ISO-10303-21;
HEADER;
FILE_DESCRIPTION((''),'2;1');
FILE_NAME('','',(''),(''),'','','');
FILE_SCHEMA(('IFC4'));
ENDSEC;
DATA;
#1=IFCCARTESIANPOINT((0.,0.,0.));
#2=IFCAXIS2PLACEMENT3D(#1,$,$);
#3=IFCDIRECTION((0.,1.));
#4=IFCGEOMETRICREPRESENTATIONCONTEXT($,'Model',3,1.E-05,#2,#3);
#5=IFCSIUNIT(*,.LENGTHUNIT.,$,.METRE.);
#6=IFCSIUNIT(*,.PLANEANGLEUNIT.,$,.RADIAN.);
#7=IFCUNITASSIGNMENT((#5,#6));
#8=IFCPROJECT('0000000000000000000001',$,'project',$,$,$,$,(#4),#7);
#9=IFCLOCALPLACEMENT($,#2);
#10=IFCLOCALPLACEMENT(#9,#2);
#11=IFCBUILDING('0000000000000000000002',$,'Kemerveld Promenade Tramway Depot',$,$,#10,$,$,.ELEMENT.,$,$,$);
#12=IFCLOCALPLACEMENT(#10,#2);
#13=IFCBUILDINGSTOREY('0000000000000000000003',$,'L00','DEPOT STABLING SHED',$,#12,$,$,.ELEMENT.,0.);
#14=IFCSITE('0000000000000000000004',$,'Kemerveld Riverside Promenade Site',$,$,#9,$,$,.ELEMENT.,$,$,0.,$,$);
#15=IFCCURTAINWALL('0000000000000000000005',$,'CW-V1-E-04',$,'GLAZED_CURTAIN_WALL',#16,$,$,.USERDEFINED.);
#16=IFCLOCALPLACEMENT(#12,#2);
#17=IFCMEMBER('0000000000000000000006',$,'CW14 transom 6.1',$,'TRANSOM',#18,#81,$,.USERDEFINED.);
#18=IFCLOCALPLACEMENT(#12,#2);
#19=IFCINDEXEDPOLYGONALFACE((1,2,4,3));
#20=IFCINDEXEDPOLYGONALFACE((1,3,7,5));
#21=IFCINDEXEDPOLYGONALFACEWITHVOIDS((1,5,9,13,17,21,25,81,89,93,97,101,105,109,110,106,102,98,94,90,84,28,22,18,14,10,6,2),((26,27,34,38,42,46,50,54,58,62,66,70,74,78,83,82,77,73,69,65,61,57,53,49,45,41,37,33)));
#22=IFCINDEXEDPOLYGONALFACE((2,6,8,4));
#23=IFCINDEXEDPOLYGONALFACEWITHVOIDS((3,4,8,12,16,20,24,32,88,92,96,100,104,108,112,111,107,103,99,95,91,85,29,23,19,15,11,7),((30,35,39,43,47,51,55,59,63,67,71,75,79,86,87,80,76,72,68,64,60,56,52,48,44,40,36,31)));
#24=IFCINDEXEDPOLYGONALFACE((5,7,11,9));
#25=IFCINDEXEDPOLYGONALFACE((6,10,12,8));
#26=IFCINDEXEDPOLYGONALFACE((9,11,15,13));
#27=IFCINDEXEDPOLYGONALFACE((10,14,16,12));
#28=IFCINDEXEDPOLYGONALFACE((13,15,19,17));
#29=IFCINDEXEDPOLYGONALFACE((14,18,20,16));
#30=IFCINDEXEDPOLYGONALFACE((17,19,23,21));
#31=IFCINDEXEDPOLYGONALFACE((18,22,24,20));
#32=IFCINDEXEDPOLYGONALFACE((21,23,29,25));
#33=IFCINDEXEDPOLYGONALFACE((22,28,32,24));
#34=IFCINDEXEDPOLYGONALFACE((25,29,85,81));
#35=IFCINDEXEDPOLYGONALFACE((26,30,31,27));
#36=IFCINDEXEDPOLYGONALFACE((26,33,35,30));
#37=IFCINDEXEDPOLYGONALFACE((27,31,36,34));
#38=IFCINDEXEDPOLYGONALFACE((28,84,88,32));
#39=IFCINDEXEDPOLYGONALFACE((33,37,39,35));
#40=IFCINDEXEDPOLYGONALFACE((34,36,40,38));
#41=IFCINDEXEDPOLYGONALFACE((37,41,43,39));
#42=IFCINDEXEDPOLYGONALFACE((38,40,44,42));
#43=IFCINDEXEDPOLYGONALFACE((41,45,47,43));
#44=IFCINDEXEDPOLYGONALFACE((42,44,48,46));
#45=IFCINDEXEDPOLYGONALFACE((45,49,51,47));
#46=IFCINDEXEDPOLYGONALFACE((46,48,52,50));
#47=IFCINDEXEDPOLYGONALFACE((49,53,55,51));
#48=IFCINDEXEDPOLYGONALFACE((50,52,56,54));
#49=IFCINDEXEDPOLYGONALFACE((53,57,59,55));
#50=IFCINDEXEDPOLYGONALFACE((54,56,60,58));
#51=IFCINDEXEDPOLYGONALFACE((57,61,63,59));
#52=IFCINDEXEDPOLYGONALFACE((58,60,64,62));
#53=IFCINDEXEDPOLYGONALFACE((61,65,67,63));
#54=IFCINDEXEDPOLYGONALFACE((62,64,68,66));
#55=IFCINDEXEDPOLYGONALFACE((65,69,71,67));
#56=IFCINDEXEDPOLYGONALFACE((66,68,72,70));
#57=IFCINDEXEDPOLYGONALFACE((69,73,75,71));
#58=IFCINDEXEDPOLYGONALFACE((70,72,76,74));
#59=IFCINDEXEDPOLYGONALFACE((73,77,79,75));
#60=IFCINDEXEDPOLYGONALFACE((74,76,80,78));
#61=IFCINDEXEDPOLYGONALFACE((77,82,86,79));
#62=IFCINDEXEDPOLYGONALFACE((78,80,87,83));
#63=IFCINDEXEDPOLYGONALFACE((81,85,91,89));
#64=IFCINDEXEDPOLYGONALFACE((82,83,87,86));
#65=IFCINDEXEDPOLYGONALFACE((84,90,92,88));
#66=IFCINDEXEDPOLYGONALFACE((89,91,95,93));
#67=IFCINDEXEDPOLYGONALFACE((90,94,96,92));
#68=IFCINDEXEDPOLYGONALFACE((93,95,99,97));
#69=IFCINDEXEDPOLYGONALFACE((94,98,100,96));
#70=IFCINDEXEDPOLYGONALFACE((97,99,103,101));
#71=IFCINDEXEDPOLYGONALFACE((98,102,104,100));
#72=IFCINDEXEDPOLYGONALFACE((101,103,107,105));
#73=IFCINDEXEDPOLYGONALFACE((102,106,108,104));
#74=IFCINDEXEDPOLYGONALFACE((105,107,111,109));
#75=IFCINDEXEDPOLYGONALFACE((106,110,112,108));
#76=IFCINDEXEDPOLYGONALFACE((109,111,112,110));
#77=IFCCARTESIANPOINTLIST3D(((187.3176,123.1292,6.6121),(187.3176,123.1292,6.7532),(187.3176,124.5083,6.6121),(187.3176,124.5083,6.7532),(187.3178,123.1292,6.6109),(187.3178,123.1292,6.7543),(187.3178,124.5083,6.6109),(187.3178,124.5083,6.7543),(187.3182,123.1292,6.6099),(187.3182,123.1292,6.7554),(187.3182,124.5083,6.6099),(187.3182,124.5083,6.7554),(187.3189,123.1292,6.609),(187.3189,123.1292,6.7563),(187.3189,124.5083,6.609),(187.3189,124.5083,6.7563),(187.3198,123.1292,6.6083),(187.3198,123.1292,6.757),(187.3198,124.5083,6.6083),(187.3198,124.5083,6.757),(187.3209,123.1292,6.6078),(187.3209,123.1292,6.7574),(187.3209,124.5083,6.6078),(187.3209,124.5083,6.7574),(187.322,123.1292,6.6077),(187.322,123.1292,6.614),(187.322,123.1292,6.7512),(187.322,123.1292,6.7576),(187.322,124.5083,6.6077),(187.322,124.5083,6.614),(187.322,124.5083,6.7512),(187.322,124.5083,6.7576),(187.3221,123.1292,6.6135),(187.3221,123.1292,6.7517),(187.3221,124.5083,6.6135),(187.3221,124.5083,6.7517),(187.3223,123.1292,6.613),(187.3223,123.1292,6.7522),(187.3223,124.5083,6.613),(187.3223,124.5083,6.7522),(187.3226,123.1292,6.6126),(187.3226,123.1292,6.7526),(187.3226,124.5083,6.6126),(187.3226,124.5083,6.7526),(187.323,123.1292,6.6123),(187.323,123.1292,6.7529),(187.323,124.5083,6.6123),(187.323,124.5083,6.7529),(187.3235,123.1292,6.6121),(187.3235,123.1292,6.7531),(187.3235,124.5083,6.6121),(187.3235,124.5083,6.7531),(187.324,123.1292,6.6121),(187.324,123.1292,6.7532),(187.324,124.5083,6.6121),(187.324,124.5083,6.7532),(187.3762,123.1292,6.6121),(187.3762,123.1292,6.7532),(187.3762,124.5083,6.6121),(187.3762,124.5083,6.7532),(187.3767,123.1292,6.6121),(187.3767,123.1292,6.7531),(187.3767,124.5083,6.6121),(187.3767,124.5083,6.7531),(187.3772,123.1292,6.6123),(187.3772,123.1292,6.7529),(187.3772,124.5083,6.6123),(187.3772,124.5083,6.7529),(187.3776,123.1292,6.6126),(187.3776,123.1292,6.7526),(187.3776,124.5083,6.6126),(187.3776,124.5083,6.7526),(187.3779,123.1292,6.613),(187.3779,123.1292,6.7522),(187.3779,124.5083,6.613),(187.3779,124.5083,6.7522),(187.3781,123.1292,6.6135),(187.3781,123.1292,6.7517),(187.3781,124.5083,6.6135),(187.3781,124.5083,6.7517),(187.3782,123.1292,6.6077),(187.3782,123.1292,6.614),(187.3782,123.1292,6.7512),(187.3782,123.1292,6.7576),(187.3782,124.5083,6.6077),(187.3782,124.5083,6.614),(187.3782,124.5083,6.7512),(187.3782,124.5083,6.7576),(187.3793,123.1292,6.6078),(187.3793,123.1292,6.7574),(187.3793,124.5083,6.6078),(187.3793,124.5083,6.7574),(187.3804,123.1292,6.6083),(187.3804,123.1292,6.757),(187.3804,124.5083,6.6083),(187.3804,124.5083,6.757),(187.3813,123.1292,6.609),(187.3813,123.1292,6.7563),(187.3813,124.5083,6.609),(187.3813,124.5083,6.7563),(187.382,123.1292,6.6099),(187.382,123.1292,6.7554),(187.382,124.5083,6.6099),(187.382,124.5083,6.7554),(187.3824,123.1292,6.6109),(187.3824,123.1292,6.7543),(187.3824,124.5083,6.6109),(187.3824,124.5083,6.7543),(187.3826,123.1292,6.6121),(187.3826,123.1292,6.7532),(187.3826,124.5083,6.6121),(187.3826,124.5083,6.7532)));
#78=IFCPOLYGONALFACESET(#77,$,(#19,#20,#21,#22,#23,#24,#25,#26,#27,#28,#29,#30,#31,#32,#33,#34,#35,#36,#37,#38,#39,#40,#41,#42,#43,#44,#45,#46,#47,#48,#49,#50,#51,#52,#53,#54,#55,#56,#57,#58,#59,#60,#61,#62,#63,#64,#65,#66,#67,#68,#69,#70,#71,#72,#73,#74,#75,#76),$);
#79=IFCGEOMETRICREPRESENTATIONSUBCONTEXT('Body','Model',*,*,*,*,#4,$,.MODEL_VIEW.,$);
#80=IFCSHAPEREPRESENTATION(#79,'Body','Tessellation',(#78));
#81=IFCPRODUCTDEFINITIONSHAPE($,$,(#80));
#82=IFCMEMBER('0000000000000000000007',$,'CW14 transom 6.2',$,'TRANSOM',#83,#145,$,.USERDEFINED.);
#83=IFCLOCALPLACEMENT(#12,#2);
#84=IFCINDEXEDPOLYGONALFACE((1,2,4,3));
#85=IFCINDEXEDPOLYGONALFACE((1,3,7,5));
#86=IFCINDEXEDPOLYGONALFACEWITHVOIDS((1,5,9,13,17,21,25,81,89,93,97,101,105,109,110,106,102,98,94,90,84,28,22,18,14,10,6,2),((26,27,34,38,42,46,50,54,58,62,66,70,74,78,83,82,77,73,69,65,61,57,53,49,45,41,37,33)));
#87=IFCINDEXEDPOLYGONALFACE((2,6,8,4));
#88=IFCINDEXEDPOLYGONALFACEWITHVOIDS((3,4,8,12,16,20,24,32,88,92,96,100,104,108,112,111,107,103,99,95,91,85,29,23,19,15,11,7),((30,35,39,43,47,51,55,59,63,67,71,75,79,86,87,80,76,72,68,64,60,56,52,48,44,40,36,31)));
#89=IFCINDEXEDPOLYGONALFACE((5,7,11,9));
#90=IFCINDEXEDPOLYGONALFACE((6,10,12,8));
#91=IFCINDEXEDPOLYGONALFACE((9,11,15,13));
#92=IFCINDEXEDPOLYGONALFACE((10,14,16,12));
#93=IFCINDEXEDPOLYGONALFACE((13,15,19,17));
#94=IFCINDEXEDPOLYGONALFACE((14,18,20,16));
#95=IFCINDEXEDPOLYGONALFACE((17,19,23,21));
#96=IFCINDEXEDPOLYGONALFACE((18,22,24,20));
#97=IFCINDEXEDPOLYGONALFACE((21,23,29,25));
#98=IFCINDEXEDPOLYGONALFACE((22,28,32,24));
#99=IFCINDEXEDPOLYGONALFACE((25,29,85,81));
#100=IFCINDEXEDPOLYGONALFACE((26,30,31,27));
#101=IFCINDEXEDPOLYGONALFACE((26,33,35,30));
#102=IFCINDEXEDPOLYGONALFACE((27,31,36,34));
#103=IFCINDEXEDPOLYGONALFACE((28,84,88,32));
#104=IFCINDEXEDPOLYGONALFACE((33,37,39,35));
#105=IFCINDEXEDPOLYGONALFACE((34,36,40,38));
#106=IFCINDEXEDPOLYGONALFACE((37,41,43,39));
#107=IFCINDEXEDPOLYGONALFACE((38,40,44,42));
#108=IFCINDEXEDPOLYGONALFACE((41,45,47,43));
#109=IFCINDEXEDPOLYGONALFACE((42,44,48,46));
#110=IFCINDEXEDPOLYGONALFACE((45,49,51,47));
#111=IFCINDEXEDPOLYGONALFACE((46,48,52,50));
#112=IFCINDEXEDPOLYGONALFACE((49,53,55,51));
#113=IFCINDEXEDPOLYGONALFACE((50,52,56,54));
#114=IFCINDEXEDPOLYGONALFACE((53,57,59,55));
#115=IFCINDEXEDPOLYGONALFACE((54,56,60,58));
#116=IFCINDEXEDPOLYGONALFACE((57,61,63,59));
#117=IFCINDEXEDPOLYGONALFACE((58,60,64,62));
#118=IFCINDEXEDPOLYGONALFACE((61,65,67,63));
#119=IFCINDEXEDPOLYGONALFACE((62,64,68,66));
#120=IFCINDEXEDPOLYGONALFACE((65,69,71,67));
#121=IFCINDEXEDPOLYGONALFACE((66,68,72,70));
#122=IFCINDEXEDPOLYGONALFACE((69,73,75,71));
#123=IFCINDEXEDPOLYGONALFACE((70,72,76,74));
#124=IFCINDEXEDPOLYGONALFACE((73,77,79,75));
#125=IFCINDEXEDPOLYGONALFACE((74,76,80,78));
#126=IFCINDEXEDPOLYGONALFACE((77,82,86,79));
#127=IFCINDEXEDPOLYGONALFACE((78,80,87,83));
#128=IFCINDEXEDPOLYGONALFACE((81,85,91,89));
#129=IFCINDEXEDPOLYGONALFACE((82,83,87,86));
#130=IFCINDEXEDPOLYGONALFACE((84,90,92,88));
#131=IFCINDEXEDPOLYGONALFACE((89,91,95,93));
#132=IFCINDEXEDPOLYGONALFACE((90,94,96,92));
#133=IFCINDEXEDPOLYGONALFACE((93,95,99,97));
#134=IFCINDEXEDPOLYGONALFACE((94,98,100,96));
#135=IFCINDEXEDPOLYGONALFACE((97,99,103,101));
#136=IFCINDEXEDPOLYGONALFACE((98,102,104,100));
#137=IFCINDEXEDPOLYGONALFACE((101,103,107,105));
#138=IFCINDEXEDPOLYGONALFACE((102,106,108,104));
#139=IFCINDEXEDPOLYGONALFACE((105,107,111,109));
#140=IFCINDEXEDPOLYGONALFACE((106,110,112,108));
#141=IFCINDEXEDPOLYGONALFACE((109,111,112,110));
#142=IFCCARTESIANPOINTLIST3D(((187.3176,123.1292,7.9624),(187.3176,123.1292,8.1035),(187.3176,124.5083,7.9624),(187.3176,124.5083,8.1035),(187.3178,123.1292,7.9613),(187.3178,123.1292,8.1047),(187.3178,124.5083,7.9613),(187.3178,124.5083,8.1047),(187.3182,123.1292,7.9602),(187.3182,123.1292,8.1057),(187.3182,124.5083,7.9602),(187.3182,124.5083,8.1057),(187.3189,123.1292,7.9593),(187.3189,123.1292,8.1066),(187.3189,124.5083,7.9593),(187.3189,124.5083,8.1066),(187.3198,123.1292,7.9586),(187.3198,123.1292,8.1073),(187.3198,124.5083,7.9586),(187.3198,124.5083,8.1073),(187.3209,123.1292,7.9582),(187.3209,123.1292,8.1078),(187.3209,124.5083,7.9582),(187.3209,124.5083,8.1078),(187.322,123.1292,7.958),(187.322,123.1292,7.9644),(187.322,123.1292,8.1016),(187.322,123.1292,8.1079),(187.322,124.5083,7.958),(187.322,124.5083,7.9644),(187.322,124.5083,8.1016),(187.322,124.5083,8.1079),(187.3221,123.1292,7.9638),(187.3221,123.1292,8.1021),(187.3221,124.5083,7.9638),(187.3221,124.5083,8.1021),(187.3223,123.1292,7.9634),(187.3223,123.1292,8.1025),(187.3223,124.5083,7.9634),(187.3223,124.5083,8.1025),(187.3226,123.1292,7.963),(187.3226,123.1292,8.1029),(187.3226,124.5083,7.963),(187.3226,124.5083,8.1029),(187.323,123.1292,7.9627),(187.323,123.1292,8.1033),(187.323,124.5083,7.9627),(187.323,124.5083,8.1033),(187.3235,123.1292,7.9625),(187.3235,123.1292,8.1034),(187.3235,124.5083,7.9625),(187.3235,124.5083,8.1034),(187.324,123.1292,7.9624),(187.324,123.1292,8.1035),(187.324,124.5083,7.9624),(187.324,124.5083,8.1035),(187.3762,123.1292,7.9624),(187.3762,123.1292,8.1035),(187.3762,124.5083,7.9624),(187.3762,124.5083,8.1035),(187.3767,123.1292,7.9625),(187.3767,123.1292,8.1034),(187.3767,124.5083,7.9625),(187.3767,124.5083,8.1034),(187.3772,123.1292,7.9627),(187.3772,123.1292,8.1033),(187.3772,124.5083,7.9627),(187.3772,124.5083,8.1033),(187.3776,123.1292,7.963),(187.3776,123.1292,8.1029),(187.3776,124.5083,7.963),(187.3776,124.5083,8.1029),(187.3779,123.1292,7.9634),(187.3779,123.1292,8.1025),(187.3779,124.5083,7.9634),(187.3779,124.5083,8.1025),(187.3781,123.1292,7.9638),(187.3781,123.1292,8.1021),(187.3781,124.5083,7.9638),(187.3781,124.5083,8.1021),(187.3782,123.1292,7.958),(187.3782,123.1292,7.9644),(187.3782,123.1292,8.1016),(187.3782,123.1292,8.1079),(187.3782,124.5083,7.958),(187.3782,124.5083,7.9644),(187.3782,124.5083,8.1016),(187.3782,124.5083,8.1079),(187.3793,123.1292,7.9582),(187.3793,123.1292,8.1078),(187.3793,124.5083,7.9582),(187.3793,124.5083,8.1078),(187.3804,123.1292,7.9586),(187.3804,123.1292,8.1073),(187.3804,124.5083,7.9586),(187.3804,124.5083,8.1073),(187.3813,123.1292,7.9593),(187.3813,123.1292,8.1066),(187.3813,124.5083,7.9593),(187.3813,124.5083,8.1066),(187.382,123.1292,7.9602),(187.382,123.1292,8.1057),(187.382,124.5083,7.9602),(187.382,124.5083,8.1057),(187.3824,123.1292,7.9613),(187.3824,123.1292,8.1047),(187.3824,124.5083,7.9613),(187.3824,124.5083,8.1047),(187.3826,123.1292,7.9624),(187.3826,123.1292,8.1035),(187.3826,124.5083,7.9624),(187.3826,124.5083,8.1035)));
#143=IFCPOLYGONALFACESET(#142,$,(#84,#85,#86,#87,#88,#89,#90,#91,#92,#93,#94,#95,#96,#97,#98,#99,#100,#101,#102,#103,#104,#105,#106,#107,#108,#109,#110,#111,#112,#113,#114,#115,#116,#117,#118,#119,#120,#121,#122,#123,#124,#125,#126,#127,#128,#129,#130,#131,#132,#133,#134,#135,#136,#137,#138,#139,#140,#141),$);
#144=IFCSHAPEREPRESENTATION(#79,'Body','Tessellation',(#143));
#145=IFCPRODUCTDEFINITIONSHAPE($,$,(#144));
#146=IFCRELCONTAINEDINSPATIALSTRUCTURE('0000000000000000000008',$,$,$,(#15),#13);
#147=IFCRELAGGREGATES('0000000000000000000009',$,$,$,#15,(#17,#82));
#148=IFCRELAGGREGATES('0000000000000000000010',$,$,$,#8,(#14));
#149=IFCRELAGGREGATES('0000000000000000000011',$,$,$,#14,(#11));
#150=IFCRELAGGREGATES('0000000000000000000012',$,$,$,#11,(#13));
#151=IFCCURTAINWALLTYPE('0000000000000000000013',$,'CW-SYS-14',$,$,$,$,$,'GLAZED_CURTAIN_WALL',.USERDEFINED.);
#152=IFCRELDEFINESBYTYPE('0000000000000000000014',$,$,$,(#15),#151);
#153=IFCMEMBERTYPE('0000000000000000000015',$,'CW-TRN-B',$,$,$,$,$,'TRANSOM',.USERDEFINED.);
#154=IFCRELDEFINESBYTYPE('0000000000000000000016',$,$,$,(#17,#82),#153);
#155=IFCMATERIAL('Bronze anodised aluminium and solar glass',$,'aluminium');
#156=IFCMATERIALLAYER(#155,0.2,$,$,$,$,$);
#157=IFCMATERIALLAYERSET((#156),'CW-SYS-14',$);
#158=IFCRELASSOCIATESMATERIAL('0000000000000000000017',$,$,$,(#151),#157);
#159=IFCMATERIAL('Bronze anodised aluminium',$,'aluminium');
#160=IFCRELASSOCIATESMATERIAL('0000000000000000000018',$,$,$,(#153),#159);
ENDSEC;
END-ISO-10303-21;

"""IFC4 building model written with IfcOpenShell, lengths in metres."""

from ifc_helpers import new_model, si_unit, direction, frame, origin, origin_2d, place, context, subcontext, project, spatial, hollow_rectangle, extrude, material, layer, layer_set, material_profile, profile_set, type_object, element, aggregate, save


model = new_model("IFC4")

# Units and contexts
model_context = context("Model", 3, precision=1e-05, world=origin(), true_north=direction((0.0, 1.0)))
body_context = subcontext(model_context, "Body", "Model", "MODEL_VIEW")
ifc_project = project(units=[si_unit("LENGTHUNIT", "METRE"), si_unit("PLANEANGLEUNIT", "RADIAN")], contexts=[model_context])

# Site, building, storey
site_placement = place(None, origin())
site = spatial("IfcSite", under=ifc_project, at=site_placement, Name="Kemerveld Riverside Promenade Site", CompositionType="ELEMENT", RefElevation=0.0)
building_placement = place(site_placement, origin())
building = spatial("IfcBuilding", under=site, at=building_placement, Name="Kemerveld Promenade Tramway Depot", CompositionType="ELEMENT")
storey_placement = place(building_placement, origin())
storey = spatial("IfcBuildingStorey", under=building, at=storey_placement, Name="L00", Description="DEPOT STABLING SHED", CompositionType="ELEMENT", Elevation=0.0)

# Shared definitions
ifc_material_1 = material(Name="Bronze anodised aluminium and solar glass", Category="aluminium")
ifc_material_2 = material(Name="Bronze anodised aluminium", Category="aluminium")

# Curtain wall
ifc_layer_1 = layer(ifc_material_1, 0.2)
ifc_layer_set_1 = layer_set([ifc_layer_1], Name="CW-SYS-14")
curtain_wall_type_1 = type_object("IfcCurtainWallType", Name="CW-SYS-14", ElementType="GLAZED_CURTAIN_WALL", PredefinedType="USERDEFINED", material=ifc_layer_set_1)
curtain_wall_1_placement = place(storey_placement, origin())
curtain_wall_1 = element("IfcCurtainWall", 1, at=curtain_wall_1_placement, inside=storey, type_object=curtain_wall_type_1, Name="CW-V1-E-04", ObjectType="GLAZED_CURTAIN_WALL", PredefinedType="USERDEFINED")

# Members
ifc_material_profile_1 = material_profile(ifc_material_2, hollow_rectangle(XDim=0.0649, YDim=0.1499, WallThickness=0.0044, InnerFilletRadius=0.002, OuterFilletRadius=0.0044, at=origin_2d()), Name="CW-TRN-150x65")
ifc_profile_set_1 = profile_set([ifc_material_profile_1], Name="Bronze anodised aluminium")
member_type_1 = type_object("IfcMemberType", Name="CW-TRN-B", ElementType="TRANSOM", PredefinedType="USERDEFINED", material=ifc_profile_set_1)
member_1_placement = place(storey_placement, frame((187.3501, 124.5083, 6.6826), z_axis=(0.0, -1.0, 0.0), x_axis=(1.0, 0.0, 0.0)))
member_1 = element("IfcMember", 2, at=member_1_placement, type_object=member_type_1, Name="CW14 transom 6.1", ObjectType="TRANSOM", PredefinedType="USERDEFINED", context=body_context, shape_type="SweptSolid", body=[
    extrude(hollow_rectangle(XDim=0.0649, YDim=0.1499, WallThickness=0.0044, InnerFilletRadius=0.002, OuterFilletRadius=0.0044, at=origin_2d()), origin(), (0.0, 0.0, 1.0), 1.3792),
])
member_2_placement = place(storey_placement, frame((187.3501, 124.5083, 8.033), z_axis=(0.0, -1.0, 0.0), x_axis=(1.0, 0.0, 0.0)))
member_2 = element("IfcMember", 3, at=member_2_placement, type_object=member_type_1, Name="CW14 transom 6.2", ObjectType="TRANSOM", PredefinedType="USERDEFINED", context=body_context, shape_type="SweptSolid", body=[
    extrude(hollow_rectangle(XDim=0.0649, YDim=0.1499, WallThickness=0.0044, InnerFilletRadius=0.002, OuterFilletRadius=0.0044, at=origin_2d()), origin(), (0.0, 0.0, 1.0), 1.3792),
])

aggregate(curtain_wall_1, [member_1, member_2])

save(model, "model.ifc")
